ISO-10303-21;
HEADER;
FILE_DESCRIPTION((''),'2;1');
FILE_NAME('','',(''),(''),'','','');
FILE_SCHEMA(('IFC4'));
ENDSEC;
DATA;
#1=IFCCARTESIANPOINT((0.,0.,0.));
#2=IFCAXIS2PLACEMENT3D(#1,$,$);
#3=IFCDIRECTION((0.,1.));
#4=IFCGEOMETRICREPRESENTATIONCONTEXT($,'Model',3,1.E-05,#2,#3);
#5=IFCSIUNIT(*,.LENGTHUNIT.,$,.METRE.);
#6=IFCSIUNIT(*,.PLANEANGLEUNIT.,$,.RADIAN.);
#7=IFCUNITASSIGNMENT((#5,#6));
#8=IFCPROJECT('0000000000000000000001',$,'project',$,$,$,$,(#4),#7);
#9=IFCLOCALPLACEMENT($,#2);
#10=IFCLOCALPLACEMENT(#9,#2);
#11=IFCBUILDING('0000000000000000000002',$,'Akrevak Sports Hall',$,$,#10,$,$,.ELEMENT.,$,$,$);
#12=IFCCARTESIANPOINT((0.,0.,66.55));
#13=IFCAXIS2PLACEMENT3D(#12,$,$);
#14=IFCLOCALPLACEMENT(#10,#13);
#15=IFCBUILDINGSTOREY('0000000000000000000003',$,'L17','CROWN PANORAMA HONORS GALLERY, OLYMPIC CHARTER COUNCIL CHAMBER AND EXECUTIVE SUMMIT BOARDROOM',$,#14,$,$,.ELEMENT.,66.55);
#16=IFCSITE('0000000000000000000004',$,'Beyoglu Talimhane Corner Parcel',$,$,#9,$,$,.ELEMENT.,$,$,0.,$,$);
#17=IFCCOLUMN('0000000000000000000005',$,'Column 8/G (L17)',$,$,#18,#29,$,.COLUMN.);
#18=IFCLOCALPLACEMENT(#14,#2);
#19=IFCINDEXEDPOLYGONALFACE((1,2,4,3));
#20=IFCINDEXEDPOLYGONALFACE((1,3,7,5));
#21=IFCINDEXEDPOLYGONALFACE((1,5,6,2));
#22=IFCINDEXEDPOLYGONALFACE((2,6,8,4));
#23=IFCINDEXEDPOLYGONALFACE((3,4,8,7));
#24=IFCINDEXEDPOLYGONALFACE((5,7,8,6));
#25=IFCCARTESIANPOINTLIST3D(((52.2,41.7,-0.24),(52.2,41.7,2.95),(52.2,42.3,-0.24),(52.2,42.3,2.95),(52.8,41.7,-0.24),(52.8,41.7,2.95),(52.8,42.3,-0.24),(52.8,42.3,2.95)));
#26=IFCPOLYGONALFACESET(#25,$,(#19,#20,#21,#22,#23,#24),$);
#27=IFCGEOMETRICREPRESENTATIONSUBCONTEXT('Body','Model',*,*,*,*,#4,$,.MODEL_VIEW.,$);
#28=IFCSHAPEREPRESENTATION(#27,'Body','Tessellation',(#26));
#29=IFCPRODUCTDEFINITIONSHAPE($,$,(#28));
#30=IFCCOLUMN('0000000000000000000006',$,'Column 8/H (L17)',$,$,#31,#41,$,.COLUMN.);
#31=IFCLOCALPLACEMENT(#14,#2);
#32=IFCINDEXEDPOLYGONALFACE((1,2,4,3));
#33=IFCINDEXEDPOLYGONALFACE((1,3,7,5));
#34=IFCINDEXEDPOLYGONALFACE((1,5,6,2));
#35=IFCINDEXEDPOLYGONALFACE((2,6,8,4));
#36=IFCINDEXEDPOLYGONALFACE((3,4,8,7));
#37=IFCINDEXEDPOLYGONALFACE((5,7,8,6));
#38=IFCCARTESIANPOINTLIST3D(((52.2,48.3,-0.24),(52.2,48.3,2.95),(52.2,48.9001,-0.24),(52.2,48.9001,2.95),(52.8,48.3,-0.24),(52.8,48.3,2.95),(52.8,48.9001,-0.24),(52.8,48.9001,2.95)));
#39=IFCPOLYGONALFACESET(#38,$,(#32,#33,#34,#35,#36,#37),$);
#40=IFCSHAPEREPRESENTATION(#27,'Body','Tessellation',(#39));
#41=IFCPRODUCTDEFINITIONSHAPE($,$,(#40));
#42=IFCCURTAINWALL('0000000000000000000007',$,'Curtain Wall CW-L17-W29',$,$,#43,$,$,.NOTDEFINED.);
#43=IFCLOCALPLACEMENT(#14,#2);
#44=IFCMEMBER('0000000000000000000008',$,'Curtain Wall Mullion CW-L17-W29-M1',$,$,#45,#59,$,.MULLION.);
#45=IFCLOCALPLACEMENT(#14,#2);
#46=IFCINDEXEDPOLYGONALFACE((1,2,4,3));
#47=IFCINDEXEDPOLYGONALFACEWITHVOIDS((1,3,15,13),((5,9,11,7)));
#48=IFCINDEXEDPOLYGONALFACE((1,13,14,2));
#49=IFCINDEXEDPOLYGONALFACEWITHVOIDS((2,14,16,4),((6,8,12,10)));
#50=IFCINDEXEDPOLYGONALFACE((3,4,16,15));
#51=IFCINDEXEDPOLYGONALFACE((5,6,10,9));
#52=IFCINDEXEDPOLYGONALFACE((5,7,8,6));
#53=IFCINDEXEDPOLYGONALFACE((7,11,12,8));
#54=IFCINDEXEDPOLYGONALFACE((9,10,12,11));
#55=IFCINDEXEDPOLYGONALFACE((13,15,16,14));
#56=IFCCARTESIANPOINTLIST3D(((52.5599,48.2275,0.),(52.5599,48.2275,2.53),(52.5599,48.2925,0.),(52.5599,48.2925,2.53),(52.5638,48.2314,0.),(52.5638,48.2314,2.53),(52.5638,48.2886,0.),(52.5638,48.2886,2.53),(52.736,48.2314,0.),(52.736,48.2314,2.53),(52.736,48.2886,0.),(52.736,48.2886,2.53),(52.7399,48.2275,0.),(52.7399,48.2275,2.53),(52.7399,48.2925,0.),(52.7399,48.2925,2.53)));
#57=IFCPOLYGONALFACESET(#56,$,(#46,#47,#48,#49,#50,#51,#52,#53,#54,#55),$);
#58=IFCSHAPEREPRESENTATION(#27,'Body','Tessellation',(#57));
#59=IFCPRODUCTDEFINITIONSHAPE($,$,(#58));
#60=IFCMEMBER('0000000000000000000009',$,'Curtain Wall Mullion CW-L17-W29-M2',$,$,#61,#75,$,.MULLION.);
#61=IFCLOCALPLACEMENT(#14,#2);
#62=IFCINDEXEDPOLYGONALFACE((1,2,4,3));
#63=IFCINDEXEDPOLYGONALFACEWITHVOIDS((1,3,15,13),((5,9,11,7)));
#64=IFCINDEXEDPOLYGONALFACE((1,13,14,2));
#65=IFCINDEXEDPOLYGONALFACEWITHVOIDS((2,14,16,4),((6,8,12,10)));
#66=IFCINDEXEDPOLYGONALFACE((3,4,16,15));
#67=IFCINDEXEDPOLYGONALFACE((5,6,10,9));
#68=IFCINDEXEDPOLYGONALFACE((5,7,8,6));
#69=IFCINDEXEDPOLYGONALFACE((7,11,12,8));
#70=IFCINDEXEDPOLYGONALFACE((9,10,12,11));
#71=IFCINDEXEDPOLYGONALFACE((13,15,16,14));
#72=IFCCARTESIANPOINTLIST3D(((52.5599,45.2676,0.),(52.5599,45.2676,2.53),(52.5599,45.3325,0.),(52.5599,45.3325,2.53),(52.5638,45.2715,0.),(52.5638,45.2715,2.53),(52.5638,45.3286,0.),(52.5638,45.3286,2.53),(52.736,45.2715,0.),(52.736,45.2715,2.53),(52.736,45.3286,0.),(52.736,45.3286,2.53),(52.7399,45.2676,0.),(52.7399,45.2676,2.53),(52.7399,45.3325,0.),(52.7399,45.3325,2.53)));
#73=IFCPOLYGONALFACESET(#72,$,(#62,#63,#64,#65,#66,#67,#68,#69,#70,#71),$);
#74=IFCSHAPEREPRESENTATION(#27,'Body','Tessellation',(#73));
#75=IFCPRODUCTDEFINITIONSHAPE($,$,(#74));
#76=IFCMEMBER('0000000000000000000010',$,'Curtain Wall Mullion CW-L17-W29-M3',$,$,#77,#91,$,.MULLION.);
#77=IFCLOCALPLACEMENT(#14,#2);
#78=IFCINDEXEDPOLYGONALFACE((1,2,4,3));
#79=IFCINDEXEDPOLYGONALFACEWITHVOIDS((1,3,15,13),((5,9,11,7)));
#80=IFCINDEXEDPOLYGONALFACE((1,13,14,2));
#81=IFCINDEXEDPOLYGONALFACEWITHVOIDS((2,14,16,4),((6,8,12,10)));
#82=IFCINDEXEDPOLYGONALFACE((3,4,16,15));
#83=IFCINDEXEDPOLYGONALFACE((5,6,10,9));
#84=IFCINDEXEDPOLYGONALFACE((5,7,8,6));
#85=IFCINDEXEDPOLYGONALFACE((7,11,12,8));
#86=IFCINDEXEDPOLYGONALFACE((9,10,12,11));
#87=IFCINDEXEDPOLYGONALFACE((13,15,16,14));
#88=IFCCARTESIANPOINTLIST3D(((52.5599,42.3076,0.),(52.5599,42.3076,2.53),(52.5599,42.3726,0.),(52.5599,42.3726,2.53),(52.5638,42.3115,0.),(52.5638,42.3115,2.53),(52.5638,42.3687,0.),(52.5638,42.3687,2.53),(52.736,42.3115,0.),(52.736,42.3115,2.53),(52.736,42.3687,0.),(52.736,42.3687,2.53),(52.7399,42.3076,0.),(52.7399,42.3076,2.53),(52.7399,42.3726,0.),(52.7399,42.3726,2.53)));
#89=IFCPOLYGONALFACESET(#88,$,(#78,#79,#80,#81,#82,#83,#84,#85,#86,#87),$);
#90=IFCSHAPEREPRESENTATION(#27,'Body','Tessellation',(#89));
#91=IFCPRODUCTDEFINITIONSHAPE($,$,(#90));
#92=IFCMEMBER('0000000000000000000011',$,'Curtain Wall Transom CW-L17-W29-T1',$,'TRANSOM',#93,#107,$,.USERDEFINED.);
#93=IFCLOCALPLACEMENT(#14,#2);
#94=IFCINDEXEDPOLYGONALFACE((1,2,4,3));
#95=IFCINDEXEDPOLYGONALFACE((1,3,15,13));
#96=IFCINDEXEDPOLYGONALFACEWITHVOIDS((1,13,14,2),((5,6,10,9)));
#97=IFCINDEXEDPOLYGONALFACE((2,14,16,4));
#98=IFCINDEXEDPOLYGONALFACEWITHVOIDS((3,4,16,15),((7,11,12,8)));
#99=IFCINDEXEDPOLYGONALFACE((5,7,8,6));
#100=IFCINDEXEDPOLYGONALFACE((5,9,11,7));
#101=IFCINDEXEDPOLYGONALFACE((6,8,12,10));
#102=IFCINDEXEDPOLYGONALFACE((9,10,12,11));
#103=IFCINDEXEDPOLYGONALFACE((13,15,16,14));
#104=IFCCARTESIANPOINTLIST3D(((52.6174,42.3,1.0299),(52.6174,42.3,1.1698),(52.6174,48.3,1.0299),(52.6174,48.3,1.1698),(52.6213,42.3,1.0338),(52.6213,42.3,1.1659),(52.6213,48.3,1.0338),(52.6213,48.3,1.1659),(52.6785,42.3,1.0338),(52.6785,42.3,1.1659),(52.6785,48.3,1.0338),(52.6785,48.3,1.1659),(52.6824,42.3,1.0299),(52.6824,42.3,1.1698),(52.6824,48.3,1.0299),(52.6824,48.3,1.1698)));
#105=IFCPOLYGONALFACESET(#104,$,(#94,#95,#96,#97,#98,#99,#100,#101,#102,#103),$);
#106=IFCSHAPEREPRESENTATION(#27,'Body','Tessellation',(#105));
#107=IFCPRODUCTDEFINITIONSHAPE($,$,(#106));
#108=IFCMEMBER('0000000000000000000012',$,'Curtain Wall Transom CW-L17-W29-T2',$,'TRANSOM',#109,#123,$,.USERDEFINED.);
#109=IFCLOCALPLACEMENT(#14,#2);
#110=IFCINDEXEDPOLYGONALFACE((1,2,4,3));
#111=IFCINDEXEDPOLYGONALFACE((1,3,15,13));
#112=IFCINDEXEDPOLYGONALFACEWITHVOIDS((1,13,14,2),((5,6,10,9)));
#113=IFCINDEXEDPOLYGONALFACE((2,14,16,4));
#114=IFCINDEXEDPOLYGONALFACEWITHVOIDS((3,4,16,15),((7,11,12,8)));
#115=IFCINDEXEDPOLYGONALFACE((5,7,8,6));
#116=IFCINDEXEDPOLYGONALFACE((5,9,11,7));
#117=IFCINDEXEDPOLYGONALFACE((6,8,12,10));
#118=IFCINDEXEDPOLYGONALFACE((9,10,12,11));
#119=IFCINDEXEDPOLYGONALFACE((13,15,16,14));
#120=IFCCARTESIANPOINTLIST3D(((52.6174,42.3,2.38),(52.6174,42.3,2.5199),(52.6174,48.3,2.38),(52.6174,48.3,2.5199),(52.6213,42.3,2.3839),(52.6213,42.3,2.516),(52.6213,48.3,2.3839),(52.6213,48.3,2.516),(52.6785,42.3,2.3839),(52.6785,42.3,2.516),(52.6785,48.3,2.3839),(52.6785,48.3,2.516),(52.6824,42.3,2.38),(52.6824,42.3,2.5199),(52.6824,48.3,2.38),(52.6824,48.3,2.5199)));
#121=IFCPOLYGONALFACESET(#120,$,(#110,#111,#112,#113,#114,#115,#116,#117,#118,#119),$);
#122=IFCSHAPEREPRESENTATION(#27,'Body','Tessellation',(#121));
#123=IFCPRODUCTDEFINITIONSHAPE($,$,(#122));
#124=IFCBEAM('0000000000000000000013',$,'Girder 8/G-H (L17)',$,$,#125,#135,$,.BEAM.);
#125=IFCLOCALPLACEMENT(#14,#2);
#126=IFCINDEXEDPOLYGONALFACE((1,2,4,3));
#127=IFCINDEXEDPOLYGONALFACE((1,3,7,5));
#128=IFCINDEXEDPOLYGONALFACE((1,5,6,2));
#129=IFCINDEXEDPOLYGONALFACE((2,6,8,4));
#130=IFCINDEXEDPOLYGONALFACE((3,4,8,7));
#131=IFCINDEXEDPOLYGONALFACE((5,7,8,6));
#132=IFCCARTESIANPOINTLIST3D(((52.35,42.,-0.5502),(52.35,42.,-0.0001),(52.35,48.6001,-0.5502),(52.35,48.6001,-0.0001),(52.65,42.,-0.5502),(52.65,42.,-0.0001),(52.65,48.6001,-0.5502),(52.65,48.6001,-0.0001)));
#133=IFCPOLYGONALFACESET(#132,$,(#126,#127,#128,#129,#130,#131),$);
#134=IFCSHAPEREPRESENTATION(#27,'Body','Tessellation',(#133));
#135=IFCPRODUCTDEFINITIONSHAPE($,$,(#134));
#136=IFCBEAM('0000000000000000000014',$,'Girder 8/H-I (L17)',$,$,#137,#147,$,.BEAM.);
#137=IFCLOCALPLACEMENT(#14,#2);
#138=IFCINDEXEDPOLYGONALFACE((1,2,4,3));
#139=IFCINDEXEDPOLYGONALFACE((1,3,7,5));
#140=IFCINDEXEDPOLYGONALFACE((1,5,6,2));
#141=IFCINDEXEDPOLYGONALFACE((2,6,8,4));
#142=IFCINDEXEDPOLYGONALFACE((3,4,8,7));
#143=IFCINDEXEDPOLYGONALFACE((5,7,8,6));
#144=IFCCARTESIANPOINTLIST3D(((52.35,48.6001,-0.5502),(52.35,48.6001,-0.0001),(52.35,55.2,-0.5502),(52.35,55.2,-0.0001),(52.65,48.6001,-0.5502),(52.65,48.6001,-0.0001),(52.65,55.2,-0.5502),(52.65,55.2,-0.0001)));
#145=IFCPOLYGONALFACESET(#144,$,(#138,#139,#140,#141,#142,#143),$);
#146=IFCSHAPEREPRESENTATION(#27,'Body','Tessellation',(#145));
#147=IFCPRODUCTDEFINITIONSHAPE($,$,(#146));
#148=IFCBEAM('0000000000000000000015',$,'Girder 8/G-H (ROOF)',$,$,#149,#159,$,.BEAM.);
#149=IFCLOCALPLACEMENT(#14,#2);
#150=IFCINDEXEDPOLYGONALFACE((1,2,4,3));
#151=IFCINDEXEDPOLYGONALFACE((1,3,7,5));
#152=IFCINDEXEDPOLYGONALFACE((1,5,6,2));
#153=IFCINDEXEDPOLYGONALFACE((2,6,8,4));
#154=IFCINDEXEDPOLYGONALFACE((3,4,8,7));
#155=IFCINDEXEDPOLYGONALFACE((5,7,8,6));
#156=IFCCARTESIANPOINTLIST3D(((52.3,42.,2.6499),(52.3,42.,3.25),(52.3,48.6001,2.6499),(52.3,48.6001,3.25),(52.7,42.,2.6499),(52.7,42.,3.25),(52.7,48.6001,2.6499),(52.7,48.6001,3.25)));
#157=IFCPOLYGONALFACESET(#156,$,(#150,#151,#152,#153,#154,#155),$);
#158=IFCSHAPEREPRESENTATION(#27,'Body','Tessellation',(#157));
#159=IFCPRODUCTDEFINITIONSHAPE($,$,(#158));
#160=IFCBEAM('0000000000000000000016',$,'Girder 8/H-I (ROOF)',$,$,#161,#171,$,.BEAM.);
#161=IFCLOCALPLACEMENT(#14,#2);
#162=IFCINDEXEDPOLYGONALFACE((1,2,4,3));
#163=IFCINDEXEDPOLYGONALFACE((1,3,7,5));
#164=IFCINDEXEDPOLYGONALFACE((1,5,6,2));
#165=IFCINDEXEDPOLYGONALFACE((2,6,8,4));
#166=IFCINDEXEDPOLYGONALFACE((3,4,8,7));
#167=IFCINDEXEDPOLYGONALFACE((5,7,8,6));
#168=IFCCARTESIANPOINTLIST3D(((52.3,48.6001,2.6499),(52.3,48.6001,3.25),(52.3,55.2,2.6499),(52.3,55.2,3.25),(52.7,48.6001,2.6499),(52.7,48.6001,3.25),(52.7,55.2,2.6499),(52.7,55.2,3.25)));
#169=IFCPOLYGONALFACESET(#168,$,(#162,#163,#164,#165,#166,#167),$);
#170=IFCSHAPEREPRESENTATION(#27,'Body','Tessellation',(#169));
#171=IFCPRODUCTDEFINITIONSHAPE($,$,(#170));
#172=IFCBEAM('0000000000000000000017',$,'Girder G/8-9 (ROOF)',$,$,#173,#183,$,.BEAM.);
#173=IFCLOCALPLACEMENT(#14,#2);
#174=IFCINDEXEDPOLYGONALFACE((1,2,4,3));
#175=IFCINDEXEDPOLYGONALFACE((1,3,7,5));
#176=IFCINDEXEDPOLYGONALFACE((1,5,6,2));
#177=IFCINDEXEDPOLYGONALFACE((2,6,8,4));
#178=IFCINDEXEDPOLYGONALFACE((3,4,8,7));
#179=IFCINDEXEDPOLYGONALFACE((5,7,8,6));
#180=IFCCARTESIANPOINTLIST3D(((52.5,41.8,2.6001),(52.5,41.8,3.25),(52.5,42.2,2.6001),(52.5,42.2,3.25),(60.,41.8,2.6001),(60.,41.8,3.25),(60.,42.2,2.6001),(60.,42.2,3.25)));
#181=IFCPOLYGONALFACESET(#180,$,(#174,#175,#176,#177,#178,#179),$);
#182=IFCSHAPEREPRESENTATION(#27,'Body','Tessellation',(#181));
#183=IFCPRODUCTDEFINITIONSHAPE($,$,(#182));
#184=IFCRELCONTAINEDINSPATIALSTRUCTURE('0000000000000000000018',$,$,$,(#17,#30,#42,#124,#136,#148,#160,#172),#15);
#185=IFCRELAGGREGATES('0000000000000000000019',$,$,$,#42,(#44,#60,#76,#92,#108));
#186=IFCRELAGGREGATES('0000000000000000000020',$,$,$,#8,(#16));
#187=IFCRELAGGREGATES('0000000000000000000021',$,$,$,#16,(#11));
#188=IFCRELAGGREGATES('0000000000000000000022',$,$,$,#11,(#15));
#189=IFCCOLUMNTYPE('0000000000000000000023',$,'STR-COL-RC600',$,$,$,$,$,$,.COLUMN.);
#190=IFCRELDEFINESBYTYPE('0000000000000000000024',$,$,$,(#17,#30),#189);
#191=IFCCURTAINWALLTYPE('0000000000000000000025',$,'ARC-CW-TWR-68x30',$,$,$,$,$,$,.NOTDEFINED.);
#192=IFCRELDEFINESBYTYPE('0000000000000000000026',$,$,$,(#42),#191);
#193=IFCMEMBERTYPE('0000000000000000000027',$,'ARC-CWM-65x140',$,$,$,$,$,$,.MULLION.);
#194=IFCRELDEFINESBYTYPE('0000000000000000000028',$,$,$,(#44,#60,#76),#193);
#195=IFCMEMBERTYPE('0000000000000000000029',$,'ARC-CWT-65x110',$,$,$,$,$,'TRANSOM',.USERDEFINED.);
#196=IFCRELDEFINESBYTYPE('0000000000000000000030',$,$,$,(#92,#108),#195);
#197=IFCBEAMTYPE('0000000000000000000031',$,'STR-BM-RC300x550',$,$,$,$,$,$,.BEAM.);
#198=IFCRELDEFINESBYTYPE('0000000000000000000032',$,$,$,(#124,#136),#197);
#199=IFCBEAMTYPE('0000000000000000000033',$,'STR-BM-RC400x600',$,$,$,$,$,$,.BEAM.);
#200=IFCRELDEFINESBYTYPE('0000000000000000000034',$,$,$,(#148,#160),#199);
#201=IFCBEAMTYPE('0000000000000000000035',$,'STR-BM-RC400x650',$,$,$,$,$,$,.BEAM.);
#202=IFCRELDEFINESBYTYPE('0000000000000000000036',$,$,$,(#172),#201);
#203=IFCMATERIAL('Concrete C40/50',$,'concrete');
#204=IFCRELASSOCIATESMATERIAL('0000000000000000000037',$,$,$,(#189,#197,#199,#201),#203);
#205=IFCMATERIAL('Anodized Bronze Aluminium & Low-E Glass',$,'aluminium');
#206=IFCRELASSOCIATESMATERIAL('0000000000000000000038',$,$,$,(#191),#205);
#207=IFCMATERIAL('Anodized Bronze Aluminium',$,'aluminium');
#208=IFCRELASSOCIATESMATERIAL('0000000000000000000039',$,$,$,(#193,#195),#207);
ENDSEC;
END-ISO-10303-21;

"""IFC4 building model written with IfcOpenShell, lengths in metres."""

from ifc_helpers import new_model, si_unit, direction, frame, origin, origin_2d, place, context, subcontext, project, spatial, rectangle, hollow_rectangle, extrude, material, material_profile, profile_set, type_object, element, aggregate, save


model = new_model("IFC4")

# Units and contexts
model_context = context("Model", 3, precision=1e-05, world=origin(), true_north=direction((0.0, 1.0)))
body_context = subcontext(model_context, "Body", "Model", "MODEL_VIEW")
ifc_project = project(units=[si_unit("LENGTHUNIT", "METRE"), si_unit("PLANEANGLEUNIT", "RADIAN")], contexts=[model_context])

# Site, building, storey
site_placement = place(None, origin())
site = spatial("IfcSite", under=ifc_project, at=site_placement, Name="Beyoglu Talimhane Corner Parcel", CompositionType="ELEMENT", RefElevation=0.0)
building_placement = place(site_placement, origin())
building = spatial("IfcBuilding", under=site, at=building_placement, Name="Akrevak Sports Hall", CompositionType="ELEMENT")
storey_placement = place(building_placement, frame((0.0, 0.0, 66.55)))
storey = spatial("IfcBuildingStorey", under=building, at=storey_placement, Name="L17", Description="CROWN PANORAMA HONORS GALLERY, OLYMPIC CHARTER COUNCIL CHAMBER AND EXECUTIVE SUMMIT BOARDROOM", CompositionType="ELEMENT", Elevation=66.55)

# Columns
ifc_material_1 = material(Name="Concrete C40/50", Category="concrete")
ifc_material_profile_1 = material_profile(ifc_material_1, rectangle(XDim=0.6001, YDim=0.6001, at=origin_2d()), Name="RC 600x600", Category="concrete")
ifc_profile_set_1 = profile_set([ifc_material_profile_1], Name="Concrete C40/50")
column_type = type_object("IfcColumnType", Name="STR-COL-RC600", PredefinedType="COLUMN", material=ifc_profile_set_1)
for number, where, z_axis, x_axis, name in (
    (1, (52.5, 42.0, -0.24), (0.0, 0.0, 1.0), (1.0, 0.0, 0.0), "Column 8/G (L17)"),
    (2, (52.5, 48.6001, -0.24), (0.0, 0.0, 1.0), (1.0, 0.0, 0.0), "Column 8/H (L17)"),
):
    element("IfcColumn", number, at=place(storey_placement, frame(where, z_axis=z_axis, x_axis=x_axis)), inside=storey, type_object=column_type, Name=name, PredefinedType="COLUMN", context=body_context, shape_type="SweptSolid", body=[
        extrude(rectangle(XDim=0.6001, YDim=0.6001, at=origin_2d()), origin(), (0.0, 0.0, 1.0), 3.1899),
    ])

# Curtain wall, members
ifc_material_2 = material(Name="Anodized Bronze Aluminium & Low-E Glass", Category="aluminium")
curtain_wall_type = type_object("IfcCurtainWallType", Name="ARC-CW-TWR-68x30", PredefinedType="NOTDEFINED", material=ifc_material_2)
curtain_wall_placement = place(storey_placement, origin())
curtain_wall = element("IfcCurtainWall", 3, at=curtain_wall_placement, inside=storey, type_object=curtain_wall_type, Name="Curtain Wall CW-L17-W29", PredefinedType="NOTDEFINED")
ifc_material_3 = material(Name="Anodized Bronze Aluminium", Category="aluminium")
ifc_material_profile_2 = material_profile(ifc_material_3, hollow_rectangle(XDim=0.0649, YDim=0.1799, WallThickness=0.0039, at=origin_2d()), Name="CWM 65x180", Category="aluminium")
ifc_profile_set_2 = profile_set([ifc_material_profile_2], Name="Anodized Bronze Aluminium")
member_type_1 = type_object("IfcMemberType", Name="ARC-CWM-65x140", PredefinedType="MULLION", material=ifc_profile_set_2)
member_1_placement = place(storey_placement, frame((52.6499, 48.26, 0.0), z_axis=(0.0, 0.0, 1.0), x_axis=(0.0, -1.0, 0.0)))
member_1 = element("IfcMember", 4, at=member_1_placement, type_object=member_type_1, Name="Curtain Wall Mullion CW-L17-W29-M1", PredefinedType="MULLION", context=body_context, shape_type="SweptSolid", body=[
    extrude(hollow_rectangle(XDim=0.0649, YDim=0.1799, WallThickness=0.0039, at=origin_2d()), origin(), (0.0, 0.0, 1.0), 2.53),
])
member_2_placement = place(storey_placement, frame((52.6499, 45.3, 0.0), z_axis=(0.0, 0.0, 1.0), x_axis=(0.0, -1.0, 0.0)))
member_2 = element("IfcMember", 5, at=member_2_placement, type_object=member_type_1, Name="Curtain Wall Mullion CW-L17-W29-M2", PredefinedType="MULLION", context=body_context, shape_type="SweptSolid", body=[
    extrude(hollow_rectangle(XDim=0.0649, YDim=0.1799, WallThickness=0.0039, at=origin_2d()), origin(), (0.0, 0.0, 1.0), 2.53),
])
member_3_placement = place(storey_placement, frame((52.6499, 42.3401, 0.0), z_axis=(0.0, 0.0, 1.0), x_axis=(0.0, -1.0, 0.0)))
member_3 = element("IfcMember", 6, at=member_3_placement, type_object=member_type_1, Name="Curtain Wall Mullion CW-L17-W29-M3", PredefinedType="MULLION", context=body_context, shape_type="SweptSolid", body=[
    extrude(hollow_rectangle(XDim=0.0649, YDim=0.1799, WallThickness=0.0039, at=origin_2d()), origin(), (0.0, 0.0, 1.0), 2.53),
])
ifc_material_profile_3 = material_profile(ifc_material_3, hollow_rectangle(XDim=0.0649, YDim=0.1399, WallThickness=0.0039, at=origin_2d()), Name="CWT 65x140", Category="aluminium")
ifc_profile_set_3 = profile_set([ifc_material_profile_3], Name="Anodized Bronze Aluminium")
member_type_2 = type_object("IfcMemberType", Name="ARC-CWT-65x110", ElementType="TRANSOM", PredefinedType="USERDEFINED", material=ifc_profile_set_3)
member_4_placement = place(storey_placement, frame((52.6499, 48.3, 1.0999), z_axis=(0.0, -1.0, 0.0), x_axis=(1.0, 0.0, 0.0)))
member_4 = element("IfcMember", 7, at=member_4_placement, type_object=member_type_2, Name="Curtain Wall Transom CW-L17-W29-T1", ObjectType="TRANSOM", PredefinedType="USERDEFINED", context=body_context, shape_type="SweptSolid", body=[
    extrude(hollow_rectangle(XDim=0.0649, YDim=0.1399, WallThickness=0.0039, at=origin_2d()), origin(), (0.0, 0.0, 1.0), 6.0),
])
member_5_placement = place(storey_placement, frame((52.6499, 48.3, 2.45), z_axis=(0.0, -1.0, 0.0), x_axis=(1.0, 0.0, 0.0)))
member_5 = element("IfcMember", 8, at=member_5_placement, type_object=member_type_2, Name="Curtain Wall Transom CW-L17-W29-T2", ObjectType="TRANSOM", PredefinedType="USERDEFINED", context=body_context, shape_type="SweptSolid", body=[
    extrude(hollow_rectangle(XDim=0.0649, YDim=0.1399, WallThickness=0.0039, at=origin_2d()), origin(), (0.0, 0.0, 1.0), 6.0),
])

# Beams
ifc_material_profile_4 = material_profile(ifc_material_1, rectangle(XDim=0.3, YDim=0.55, at=origin_2d()), Name="BM 300x550", Category="concrete")
ifc_profile_set_4 = profile_set([ifc_material_profile_4], Name="Concrete C40/50")
beam_type_1 = type_object("IfcBeamType", Name="STR-BM-RC300x550", PredefinedType="BEAM", material=ifc_profile_set_4)
beam_1_placement = place(storey_placement, frame((52.5, 42.0, -0.2751), z_axis=(0.0, 1.0, 0.0), x_axis=(-1.0, 0.0, 0.0)))
element("IfcBeam", 9, at=beam_1_placement, inside=storey, type_object=beam_type_1, Name="Girder 8/G-H (L17)", PredefinedType="BEAM", context=body_context, shape_type="SweptSolid", body=[
    extrude(rectangle(XDim=0.3, YDim=0.55, at=origin_2d()), origin(), (0.0, 0.0, 1.0), 6.6001),
])
beam_2_placement = place(storey_placement, frame((52.5, 48.6001, -0.2751), z_axis=(0.0, 1.0, 0.0), x_axis=(-1.0, 0.0, 0.0)))
element("IfcBeam", 10, at=beam_2_placement, inside=storey, type_object=beam_type_1, Name="Girder 8/H-I (L17)", PredefinedType="BEAM", context=body_context, shape_type="SweptSolid", body=[
    extrude(rectangle(XDim=0.3, YDim=0.55, at=origin_2d()), origin(), (0.0, 0.0, 1.0), 6.5999),
])
ifc_material_profile_5 = material_profile(ifc_material_1, rectangle(XDim=0.3999, YDim=0.6001, at=origin_2d()), Name="BM 400x600", Category="concrete")
ifc_profile_set_5 = profile_set([ifc_material_profile_5], Name="Concrete C40/50")
beam_type_2 = type_object("IfcBeamType", Name="STR-BM-RC400x600", PredefinedType="BEAM", material=ifc_profile_set_5)
beam_3_placement = place(storey_placement, frame((52.5, 42.0, 2.95), z_axis=(0.0, 1.0, 0.0), x_axis=(-1.0, 0.0, 0.0)))
element("IfcBeam", 11, at=beam_3_placement, inside=storey, type_object=beam_type_2, Name="Girder 8/G-H (ROOF)", PredefinedType="BEAM", context=body_context, shape_type="SweptSolid", body=[
    extrude(rectangle(XDim=0.3999, YDim=0.6001, at=origin_2d()), origin(), (0.0, 0.0, 1.0), 6.6001),
])
beam_4_placement = place(storey_placement, frame((52.5, 48.6001, 2.95), z_axis=(0.0, 1.0, 0.0), x_axis=(-1.0, 0.0, 0.0)))
element("IfcBeam", 12, at=beam_4_placement, inside=storey, type_object=beam_type_2, Name="Girder 8/H-I (ROOF)", PredefinedType="BEAM", context=body_context, shape_type="SweptSolid", body=[
    extrude(rectangle(XDim=0.3999, YDim=0.6001, at=origin_2d()), origin(), (0.0, 0.0, 1.0), 6.5999),
])
ifc_material_profile_6 = material_profile(ifc_material_1, rectangle(XDim=0.3999, YDim=0.6499, at=origin_2d()), Name="BM 400x650", Category="concrete")
ifc_profile_set_6 = profile_set([ifc_material_profile_6], Name="Concrete C40/50")
beam_type_3 = type_object("IfcBeamType", Name="STR-BM-RC400x650", PredefinedType="BEAM", material=ifc_profile_set_6)
for number, where, z_axis, x_axis, name in (
    (13, (52.5, 42.0, 2.925), (1.0, 0.0, 0.0), (0.0, 1.0, 0.0), "Girder G/8-9 (ROOF)"),
):
    element("IfcBeam", number, at=place(storey_placement, frame(where, z_axis=z_axis, x_axis=x_axis)), inside=storey, type_object=beam_type_3, Name=name, PredefinedType="BEAM", context=body_context, shape_type="SweptSolid", body=[
        extrude(rectangle(XDim=0.3999, YDim=0.6499, at=origin_2d()), origin(), (0.0, 0.0, 1.0), 7.5),
    ])

aggregate(curtain_wall, [member_1, member_2, member_3, member_4, member_5])

save(model, "model.ifc")
